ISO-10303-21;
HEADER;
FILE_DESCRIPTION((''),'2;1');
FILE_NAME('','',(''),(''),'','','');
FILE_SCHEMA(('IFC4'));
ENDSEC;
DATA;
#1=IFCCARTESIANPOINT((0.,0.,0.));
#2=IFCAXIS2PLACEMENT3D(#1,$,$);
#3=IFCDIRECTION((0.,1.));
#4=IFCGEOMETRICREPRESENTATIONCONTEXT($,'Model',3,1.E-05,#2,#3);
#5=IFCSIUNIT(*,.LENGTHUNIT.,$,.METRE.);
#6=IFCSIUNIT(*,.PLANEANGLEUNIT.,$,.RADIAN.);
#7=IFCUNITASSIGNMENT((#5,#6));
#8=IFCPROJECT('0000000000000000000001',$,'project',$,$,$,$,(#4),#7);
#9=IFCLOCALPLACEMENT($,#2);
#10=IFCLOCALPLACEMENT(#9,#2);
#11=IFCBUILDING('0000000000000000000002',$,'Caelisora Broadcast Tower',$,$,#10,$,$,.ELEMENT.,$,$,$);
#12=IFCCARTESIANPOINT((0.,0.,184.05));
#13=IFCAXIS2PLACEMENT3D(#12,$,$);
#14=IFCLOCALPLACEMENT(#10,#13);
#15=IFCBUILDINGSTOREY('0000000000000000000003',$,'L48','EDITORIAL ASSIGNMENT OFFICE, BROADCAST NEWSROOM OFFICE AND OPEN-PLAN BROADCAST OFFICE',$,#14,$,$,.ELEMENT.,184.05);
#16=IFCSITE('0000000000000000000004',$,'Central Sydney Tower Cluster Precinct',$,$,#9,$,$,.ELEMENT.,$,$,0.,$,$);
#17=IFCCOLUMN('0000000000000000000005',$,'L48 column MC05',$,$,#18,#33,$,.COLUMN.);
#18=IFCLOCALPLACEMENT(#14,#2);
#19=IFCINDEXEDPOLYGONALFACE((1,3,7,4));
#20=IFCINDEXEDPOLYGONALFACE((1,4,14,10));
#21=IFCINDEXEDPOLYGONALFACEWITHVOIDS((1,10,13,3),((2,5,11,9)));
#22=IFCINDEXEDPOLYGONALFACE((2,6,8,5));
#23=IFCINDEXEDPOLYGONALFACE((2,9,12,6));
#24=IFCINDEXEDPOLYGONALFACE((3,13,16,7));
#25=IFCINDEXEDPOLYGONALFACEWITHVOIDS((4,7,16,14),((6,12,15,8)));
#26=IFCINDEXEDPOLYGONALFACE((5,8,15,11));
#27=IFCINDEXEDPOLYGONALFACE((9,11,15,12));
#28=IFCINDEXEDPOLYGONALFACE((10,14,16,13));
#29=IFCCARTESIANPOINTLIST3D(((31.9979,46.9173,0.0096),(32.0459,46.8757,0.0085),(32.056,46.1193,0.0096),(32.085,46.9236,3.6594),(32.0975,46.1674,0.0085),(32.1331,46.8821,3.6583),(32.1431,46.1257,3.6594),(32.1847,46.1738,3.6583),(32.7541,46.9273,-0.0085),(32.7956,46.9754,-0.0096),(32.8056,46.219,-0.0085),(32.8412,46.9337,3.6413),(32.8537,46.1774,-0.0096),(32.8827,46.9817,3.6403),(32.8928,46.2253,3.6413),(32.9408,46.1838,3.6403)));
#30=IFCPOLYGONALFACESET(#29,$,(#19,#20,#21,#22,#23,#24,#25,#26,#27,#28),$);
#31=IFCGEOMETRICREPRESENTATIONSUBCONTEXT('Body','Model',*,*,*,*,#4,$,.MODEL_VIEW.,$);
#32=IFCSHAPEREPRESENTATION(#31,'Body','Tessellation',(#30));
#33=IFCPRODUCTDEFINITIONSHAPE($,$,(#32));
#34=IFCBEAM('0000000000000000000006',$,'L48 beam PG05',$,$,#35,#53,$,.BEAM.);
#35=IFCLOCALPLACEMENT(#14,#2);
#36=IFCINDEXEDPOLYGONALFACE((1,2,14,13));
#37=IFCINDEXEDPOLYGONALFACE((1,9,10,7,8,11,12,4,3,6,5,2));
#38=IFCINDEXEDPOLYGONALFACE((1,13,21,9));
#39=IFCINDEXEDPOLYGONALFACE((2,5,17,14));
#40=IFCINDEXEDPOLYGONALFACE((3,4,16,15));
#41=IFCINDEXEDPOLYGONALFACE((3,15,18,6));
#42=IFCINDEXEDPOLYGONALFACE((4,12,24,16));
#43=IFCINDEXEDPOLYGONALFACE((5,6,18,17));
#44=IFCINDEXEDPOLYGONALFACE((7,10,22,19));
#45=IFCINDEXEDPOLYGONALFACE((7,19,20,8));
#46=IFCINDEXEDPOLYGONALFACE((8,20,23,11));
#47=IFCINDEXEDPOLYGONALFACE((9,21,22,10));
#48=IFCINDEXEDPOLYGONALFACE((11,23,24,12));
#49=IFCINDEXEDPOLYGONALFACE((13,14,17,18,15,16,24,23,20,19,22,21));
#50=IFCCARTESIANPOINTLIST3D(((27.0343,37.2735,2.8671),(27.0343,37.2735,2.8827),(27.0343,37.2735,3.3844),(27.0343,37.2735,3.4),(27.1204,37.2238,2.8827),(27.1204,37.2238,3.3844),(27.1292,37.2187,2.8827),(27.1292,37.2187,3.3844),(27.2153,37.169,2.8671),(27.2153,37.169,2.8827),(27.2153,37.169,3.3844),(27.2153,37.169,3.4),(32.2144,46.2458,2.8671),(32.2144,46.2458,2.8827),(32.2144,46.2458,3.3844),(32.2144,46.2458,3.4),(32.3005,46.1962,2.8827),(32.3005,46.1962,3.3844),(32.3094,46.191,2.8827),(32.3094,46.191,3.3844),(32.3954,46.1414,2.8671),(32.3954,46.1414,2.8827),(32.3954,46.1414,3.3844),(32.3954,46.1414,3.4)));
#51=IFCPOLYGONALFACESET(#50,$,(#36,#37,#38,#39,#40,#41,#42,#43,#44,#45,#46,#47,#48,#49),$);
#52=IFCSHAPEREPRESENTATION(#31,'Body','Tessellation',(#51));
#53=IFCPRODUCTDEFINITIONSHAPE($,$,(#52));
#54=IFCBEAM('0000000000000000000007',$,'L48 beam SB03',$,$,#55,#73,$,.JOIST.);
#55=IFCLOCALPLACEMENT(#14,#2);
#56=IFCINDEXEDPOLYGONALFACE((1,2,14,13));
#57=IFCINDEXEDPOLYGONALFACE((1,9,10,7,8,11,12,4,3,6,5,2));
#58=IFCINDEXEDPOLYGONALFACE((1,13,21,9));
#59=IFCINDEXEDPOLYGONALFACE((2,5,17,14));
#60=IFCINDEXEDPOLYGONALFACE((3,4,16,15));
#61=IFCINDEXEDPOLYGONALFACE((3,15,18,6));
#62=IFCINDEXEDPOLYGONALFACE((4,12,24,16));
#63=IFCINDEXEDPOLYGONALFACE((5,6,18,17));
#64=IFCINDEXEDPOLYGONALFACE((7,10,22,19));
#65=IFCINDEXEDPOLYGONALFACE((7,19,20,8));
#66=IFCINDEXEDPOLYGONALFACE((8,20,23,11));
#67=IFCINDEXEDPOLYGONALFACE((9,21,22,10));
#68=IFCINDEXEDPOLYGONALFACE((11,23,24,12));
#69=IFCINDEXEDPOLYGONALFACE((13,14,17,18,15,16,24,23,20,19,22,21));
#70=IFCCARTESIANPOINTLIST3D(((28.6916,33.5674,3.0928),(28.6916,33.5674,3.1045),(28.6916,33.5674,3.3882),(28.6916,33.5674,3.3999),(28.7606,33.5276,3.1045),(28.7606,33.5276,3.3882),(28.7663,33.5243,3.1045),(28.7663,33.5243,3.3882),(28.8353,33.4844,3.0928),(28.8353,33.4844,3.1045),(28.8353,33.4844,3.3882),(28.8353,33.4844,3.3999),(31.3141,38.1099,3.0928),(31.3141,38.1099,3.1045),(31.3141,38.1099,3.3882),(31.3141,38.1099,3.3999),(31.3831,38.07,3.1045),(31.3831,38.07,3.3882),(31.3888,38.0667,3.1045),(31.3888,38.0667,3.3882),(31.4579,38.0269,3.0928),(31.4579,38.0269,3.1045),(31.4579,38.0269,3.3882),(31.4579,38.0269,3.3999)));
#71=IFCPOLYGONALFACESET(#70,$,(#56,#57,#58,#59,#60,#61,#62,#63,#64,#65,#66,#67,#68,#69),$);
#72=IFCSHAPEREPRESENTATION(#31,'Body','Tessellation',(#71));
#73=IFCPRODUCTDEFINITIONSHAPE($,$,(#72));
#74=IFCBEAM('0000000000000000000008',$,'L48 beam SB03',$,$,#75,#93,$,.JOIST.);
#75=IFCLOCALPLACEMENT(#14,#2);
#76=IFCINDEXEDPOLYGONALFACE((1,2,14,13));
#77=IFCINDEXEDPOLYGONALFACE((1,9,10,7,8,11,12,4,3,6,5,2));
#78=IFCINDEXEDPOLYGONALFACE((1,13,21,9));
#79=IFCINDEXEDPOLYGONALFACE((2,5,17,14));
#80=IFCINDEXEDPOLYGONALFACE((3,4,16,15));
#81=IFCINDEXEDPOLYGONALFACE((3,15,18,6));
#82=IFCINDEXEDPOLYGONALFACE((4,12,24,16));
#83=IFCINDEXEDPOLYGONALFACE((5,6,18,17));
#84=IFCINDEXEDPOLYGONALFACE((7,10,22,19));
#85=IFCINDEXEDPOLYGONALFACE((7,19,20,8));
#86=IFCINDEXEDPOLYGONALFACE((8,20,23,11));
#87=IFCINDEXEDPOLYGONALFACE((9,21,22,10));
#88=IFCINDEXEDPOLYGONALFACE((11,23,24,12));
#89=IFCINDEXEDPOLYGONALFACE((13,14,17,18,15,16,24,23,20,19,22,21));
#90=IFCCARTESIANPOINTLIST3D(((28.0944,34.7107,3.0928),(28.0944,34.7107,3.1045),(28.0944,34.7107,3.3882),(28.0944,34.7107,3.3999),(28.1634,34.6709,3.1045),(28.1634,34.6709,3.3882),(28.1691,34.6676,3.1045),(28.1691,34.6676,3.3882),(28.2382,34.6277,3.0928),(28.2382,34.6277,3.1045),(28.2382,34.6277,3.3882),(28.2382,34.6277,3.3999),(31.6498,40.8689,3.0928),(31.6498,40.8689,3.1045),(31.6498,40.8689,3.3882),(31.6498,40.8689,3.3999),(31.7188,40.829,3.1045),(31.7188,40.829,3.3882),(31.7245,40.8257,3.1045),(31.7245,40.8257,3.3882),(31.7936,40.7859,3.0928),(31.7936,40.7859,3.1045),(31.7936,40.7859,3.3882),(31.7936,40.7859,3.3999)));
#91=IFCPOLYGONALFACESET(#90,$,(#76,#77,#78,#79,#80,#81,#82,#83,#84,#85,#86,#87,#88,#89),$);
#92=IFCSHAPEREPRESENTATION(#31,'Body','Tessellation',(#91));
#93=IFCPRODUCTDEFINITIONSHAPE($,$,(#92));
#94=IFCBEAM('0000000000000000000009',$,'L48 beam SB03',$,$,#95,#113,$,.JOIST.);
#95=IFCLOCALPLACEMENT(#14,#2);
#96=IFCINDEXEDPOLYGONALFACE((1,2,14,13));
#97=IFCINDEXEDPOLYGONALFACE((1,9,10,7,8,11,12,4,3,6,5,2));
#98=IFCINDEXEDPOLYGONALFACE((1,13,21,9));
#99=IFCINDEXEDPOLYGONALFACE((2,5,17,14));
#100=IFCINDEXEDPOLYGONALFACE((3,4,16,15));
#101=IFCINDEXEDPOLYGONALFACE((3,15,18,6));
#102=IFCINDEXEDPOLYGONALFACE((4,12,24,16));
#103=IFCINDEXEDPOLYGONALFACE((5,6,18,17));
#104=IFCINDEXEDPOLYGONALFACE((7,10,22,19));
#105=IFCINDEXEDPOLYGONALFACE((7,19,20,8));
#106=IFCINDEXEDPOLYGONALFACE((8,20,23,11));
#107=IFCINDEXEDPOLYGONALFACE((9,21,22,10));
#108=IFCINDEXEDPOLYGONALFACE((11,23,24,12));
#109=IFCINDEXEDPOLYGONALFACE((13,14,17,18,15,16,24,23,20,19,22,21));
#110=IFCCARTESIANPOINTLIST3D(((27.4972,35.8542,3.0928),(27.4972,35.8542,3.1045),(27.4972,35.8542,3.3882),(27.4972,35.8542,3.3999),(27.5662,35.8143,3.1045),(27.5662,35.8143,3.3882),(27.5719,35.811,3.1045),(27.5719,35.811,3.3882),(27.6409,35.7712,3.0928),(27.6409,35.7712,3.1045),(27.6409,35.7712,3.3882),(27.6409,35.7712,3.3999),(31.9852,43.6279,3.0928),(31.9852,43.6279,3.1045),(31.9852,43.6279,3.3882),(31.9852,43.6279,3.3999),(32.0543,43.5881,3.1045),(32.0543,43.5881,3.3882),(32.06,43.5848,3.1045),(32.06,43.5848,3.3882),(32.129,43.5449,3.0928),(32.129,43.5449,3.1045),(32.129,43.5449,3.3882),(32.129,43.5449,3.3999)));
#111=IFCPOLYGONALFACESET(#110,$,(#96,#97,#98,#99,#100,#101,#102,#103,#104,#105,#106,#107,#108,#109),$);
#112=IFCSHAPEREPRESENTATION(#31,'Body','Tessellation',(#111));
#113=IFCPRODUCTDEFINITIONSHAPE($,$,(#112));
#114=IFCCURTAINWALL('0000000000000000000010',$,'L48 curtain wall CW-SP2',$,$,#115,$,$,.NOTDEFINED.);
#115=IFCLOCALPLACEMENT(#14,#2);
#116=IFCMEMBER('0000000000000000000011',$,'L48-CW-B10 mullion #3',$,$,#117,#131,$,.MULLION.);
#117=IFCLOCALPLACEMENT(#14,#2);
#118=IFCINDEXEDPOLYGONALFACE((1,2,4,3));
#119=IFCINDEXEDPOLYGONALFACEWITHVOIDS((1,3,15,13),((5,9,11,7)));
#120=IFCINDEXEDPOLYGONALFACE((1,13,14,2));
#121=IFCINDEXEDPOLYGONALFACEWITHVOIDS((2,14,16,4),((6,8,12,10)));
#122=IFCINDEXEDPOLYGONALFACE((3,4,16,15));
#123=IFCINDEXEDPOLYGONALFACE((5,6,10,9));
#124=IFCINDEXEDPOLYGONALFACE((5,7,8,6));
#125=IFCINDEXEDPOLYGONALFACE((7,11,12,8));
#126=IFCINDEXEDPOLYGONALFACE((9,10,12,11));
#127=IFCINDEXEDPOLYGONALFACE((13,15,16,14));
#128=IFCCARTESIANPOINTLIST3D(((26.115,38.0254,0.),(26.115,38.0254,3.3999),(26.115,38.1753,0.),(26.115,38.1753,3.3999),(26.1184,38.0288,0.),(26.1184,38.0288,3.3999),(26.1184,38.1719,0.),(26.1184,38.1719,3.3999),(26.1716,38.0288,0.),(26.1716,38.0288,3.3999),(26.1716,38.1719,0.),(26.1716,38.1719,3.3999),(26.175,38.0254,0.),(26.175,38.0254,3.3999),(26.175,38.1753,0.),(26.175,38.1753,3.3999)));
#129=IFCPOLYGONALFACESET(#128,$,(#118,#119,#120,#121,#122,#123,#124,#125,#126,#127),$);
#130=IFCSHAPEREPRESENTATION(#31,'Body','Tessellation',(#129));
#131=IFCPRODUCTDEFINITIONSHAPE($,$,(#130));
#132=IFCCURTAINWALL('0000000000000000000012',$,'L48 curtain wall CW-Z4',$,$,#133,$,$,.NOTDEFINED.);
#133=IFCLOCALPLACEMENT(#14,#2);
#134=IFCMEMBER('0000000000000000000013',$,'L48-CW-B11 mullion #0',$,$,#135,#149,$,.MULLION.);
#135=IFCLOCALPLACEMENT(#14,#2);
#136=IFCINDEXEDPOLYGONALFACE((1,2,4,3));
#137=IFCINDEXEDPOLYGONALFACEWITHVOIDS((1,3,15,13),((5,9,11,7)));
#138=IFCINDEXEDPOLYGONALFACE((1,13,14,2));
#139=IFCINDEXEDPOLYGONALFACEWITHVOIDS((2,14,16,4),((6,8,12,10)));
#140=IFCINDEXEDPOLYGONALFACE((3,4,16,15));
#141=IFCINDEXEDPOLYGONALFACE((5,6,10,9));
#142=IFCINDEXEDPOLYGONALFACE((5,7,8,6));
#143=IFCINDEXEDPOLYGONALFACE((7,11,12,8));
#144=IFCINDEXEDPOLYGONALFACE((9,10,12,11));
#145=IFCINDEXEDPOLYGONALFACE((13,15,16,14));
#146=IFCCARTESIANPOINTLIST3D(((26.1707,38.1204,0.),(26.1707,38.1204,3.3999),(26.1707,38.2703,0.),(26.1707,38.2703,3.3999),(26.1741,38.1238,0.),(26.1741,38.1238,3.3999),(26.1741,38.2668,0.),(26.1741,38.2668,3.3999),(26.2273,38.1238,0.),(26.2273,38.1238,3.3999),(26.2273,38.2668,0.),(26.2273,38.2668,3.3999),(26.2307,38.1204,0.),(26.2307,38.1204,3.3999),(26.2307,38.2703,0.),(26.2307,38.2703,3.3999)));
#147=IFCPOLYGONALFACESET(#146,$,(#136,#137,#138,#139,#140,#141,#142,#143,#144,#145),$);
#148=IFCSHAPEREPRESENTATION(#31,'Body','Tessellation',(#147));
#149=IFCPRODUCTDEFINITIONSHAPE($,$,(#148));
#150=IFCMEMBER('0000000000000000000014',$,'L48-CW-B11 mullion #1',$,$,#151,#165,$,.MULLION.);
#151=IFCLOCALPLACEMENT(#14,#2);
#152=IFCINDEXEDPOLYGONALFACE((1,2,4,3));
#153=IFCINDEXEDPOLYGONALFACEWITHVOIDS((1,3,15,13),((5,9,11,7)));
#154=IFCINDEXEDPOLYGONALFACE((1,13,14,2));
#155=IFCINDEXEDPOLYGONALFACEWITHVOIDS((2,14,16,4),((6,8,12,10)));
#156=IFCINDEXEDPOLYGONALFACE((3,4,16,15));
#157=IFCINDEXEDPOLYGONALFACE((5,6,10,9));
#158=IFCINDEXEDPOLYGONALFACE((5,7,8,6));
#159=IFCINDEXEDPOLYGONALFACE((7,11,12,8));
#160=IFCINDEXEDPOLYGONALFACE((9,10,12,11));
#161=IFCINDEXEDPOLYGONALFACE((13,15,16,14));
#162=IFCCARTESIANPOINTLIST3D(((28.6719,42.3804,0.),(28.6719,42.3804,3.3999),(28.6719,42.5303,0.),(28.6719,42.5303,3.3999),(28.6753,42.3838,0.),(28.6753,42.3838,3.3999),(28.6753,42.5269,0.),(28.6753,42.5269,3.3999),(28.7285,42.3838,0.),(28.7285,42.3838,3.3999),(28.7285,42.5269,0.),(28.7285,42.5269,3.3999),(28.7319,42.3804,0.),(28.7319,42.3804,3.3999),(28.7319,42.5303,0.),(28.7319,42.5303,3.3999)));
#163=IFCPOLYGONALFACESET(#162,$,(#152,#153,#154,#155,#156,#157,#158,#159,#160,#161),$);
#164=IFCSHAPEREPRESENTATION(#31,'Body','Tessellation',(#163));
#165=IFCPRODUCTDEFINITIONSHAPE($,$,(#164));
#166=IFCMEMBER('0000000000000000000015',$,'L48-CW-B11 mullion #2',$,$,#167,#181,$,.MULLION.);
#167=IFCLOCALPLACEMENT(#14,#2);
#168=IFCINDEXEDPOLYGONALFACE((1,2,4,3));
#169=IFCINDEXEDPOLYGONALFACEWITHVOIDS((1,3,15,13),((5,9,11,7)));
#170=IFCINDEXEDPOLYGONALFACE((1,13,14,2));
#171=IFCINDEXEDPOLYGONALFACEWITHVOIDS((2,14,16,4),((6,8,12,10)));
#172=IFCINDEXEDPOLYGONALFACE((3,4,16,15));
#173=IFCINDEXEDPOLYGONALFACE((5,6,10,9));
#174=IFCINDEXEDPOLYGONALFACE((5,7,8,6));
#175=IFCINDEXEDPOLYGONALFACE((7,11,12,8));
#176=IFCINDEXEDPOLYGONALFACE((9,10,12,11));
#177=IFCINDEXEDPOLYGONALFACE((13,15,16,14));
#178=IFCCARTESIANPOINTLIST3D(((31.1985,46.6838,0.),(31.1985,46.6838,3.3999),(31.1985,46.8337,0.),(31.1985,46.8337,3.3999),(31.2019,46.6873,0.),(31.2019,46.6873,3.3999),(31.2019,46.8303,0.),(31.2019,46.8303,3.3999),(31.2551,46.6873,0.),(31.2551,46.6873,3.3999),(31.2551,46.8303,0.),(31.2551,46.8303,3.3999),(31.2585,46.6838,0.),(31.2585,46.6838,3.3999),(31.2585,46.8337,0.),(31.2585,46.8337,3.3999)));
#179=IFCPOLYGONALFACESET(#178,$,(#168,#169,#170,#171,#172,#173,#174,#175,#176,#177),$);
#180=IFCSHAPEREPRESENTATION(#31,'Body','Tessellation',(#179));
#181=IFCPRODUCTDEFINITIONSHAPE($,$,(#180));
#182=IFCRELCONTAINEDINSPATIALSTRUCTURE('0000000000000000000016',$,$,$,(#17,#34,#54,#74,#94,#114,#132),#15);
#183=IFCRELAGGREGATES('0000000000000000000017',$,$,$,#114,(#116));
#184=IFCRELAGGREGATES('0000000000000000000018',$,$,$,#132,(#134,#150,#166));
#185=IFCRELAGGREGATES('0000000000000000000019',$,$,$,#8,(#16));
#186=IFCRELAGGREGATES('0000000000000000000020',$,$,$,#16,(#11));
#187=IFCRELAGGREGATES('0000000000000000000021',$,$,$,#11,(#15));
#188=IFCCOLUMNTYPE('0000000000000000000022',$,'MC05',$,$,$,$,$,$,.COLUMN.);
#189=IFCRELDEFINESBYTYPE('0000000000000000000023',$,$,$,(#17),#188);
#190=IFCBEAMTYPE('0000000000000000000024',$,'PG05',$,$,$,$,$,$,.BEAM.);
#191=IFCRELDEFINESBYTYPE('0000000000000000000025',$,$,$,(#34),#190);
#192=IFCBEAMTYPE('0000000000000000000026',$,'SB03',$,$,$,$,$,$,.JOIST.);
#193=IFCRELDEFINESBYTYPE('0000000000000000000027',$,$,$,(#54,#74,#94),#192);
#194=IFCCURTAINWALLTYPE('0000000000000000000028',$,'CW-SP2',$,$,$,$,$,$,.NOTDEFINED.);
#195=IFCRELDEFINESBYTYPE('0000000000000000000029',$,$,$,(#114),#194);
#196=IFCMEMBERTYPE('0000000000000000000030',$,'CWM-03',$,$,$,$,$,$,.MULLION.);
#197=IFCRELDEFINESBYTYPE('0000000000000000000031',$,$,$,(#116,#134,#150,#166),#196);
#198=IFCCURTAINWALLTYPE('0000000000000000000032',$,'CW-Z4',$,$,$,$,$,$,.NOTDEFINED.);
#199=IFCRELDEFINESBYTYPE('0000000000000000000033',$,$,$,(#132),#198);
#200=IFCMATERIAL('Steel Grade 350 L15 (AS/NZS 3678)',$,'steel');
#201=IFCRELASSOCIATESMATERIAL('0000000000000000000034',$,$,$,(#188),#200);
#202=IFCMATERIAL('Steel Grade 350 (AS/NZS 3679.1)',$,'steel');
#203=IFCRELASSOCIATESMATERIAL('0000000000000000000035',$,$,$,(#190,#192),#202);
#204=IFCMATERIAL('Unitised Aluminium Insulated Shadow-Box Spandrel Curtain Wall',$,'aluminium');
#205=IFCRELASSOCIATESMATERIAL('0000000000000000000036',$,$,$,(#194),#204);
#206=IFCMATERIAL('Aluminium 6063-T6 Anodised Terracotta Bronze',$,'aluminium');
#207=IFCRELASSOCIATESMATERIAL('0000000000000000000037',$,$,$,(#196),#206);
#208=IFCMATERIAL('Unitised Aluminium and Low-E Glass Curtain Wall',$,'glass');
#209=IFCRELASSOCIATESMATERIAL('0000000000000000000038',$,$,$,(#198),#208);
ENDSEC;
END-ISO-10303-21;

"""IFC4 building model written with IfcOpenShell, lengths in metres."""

from ifc_helpers import new_model, si_unit, direction, frame, origin, origin_2d, place, context, subcontext, project, spatial, hollow_rectangle, i_section, extrude, source, transform, mapped, material, material_profile, profile_set, type_object, type_shapes, element, aggregate, save


model = new_model("IFC4")

# Units and contexts
model_context = context("Model", 3, precision=1e-05, world=origin(), true_north=direction((0.0, 1.0)))
body_context = subcontext(model_context, "Body", "Model", "MODEL_VIEW")
ifc_project = project(units=[si_unit("LENGTHUNIT", "METRE"), si_unit("PLANEANGLEUNIT", "RADIAN")], contexts=[model_context])

# Site, building, storey
site_placement = place(None, origin())
site = spatial("IfcSite", under=ifc_project, at=site_placement, Name="Central Sydney Tower Cluster Precinct", CompositionType="ELEMENT", RefElevation=0.0)
building_placement = place(site_placement, origin())
building = spatial("IfcBuilding", under=site, at=building_placement, Name="Caelisora Broadcast Tower", CompositionType="ELEMENT")
storey_placement = place(building_placement, frame((0.0, 0.0, 184.05)))
storey = spatial("IfcBuildingStorey", under=building, at=storey_placement, Name="L48", Description="EDITORIAL ASSIGNMENT OFFICE, BROADCAST NEWSROOM OFFICE AND OPEN-PLAN BROADCAST OFFICE", CompositionType="ELEMENT", Elevation=184.05)

# Column
ifc_material_1 = material(Name="Steel Grade 350 L15 (AS/NZS 3678)", Category="steel")
ifc_material_profile_1 = material_profile(ifc_material_1, hollow_rectangle(XDim=0.8, YDim=0.8, WallThickness=0.0449, at=origin_2d()), Name="Steel Grade 350 L15 (AS/NZS 3678)")
ifc_profile_set_1 = profile_set([ifc_material_profile_1], Name="Steel Grade 350 L15 (AS/NZS 3678)")
column_type = type_object("IfcColumnType", Name="MC05", PredefinedType="COLUMN", material=ifc_profile_set_1)
shared_shape_1 = source(origin(), body_context, "Body", "SweptSolid", [
    extrude(hollow_rectangle(XDim=0.8, YDim=0.8, WallThickness=0.0449, at=origin_2d()), origin(), (0.0, 0.0, 1.0), 3.6509),
])
type_shapes(column_type, [shared_shape_1])
column_placement = place(storey_placement, frame((32.4258, 46.5474, 0.0), z_axis=(0.023873, 0.001739, 0.999713), x_axis=(-0.072637, 0.997358, 0.0)))
element("IfcColumn", 1, at=column_placement, inside=storey, type_object=column_type, Name="L48 column MC05", PredefinedType="COLUMN", context=body_context, shape_type="MappedRepresentation", body=[
    mapped(shared_shape_1, transform((0.0, 0.0, 0.0), scale=1.0)),
])

# Beams
ifc_material_2 = material(Name="Steel Grade 350 (AS/NZS 3679.1)", Category="steel")
ifc_material_profile_2 = material_profile(ifc_material_2, i_section(OverallWidth=0.209, OverallDepth=0.533, WebThickness=0.0103, FlangeThickness=0.0156, at=origin_2d()), Name="Steel Grade 350 (AS/NZS 3679.1)")
ifc_profile_set_2 = profile_set([ifc_material_profile_2], Name="Steel Grade 350 (AS/NZS 3679.1)")
beam_type_1 = type_object("IfcBeamType", Name="PG05", PredefinedType="BEAM", material=ifc_profile_set_2)
shared_shape_2 = source(origin(), body_context, "Body", "SweptSolid", [
    extrude(i_section(OverallWidth=0.209, OverallDepth=0.533, WebThickness=0.0103, FlangeThickness=0.0156, at=origin_2d()), origin(), (0.0, 0.0, 1.0), 10.3604),
])
type_shapes(beam_type_1, [shared_shape_2])
beam_1_placement = place(storey_placement, frame((32.3049, 46.1936, 3.1335), z_axis=(-0.499996, -0.866027, 0.0), x_axis=(0.866027, -0.499996, 0.0)))
element("IfcBeam", 2, at=beam_1_placement, inside=storey, type_object=beam_type_1, Name="L48 beam PG05", PredefinedType="BEAM", context=body_context, shape_type="MappedRepresentation", body=[
    mapped(shared_shape_2, transform((0.0, 0.0, 0.0), scale=1.0)),
])
ifc_material_profile_3 = material_profile(ifc_material_2, i_section(OverallWidth=0.166, OverallDepth=0.3071, WebThickness=0.0066, FlangeThickness=0.0117, at=origin_2d()), Name="Steel Grade 350 (AS/NZS 3679.1)")
ifc_profile_set_3 = profile_set([ifc_material_profile_3], Name="Steel Grade 350 (AS/NZS 3679.1)")
beam_type_2 = type_object("IfcBeamType", Name="SB03", PredefinedType="JOIST", material=ifc_profile_set_3)
shared_shape_3 = source(origin(), body_context, "Body", "SweptSolid", [
    extrude(i_section(OverallWidth=0.166, OverallDepth=0.3071, WebThickness=0.0066, FlangeThickness=0.0117, at=origin_2d()), origin(), (0.0, 0.0, 1.0), 5.2451),
])
beam_2_placement = place(storey_placement, frame((31.386, 38.0684, 3.2463), z_axis=(-0.499994, -0.866029, 0.0), x_axis=(0.866029, -0.499994, 0.0)))
element("IfcBeam", 3, at=beam_2_placement, inside=storey, type_object=beam_type_2, Name="L48 beam SB03", PredefinedType="JOIST", context=body_context, shape_type="MappedRepresentation", body=[
    mapped(shared_shape_3, transform((0.0, 0.0, 0.0), scale=1.0)),
])
shared_shape_4 = source(origin(), body_context, "Body", "SweptSolid", [
    extrude(i_section(OverallWidth=0.166, OverallDepth=0.3071, WebThickness=0.0066, FlangeThickness=0.0117, at=origin_2d()), origin(), (0.0, 0.0, 1.0), 7.1108),
])
beam_3_placement = place(storey_placement, frame((31.7217, 40.8274, 3.2463), z_axis=(-0.499998, -0.866027, 0.0), x_axis=(0.866027, -0.499998, 0.0)))
element("IfcBeam", 4, at=beam_3_placement, inside=storey, type_object=beam_type_2, Name="L48 beam SB03", PredefinedType="JOIST", context=body_context, shape_type="MappedRepresentation", body=[
    mapped(shared_shape_4, transform((0.0, 0.0, 0.0), scale=1.0)),
])
shared_shape_5 = source(origin(), body_context, "Body", "SweptSolid", [
    extrude(i_section(OverallWidth=0.166, OverallDepth=0.3071, WebThickness=0.0066, FlangeThickness=0.0117, at=origin_2d()), origin(), (0.0, 0.0, 1.0), 8.9763),
])
type_shapes(beam_type_2, [shared_shape_3, shared_shape_4, shared_shape_5])
beam_4_placement = place(storey_placement, frame((32.0571, 43.5864, 3.2463), z_axis=(-0.499992, -0.86603, 0.0), x_axis=(0.86603, -0.499992, 0.0)))
element("IfcBeam", 5, at=beam_4_placement, inside=storey, type_object=beam_type_2, Name="L48 beam SB03", PredefinedType="JOIST", context=body_context, shape_type="MappedRepresentation", body=[
    mapped(shared_shape_5, transform((0.0, 0.0, 0.0), scale=1.0)),
])

# Curtain wall, member
ifc_material_3 = material(Name="Unitised Aluminium Insulated Shadow-Box Spandrel Curtain Wall", Category="aluminium")
curtain_wall_type_1 = type_object("IfcCurtainWallType", Name="CW-SP2", PredefinedType="NOTDEFINED", material=ifc_material_3)
curtain_wall_1_placement = place(storey_placement, origin())
curtain_wall_1 = element("IfcCurtainWall", 6, at=curtain_wall_1_placement, inside=storey, type_object=curtain_wall_type_1, Name="L48 curtain wall CW-SP2", PredefinedType="NOTDEFINED")
ifc_material_4 = material(Name="Aluminium 6063-T6 Anodised Terracotta Bronze", Category="aluminium")
ifc_material_profile_4 = material_profile(ifc_material_4, hollow_rectangle(XDim=0.0601, YDim=0.1499, WallThickness=0.0034, at=origin_2d()), Name="Aluminium 6063-T6 Anodised Terracotta Bronze")
ifc_profile_set_4 = profile_set([ifc_material_profile_4], Name="Aluminium 6063-T6 Anodised Terracotta Bronze")
member_type_1 = type_object("IfcMemberType", Name="CWM-03", PredefinedType="MULLION", material=ifc_profile_set_4)
shared_shape_6 = source(origin(), body_context, "Body", "SweptSolid", [
    extrude(hollow_rectangle(XDim=0.0601, YDim=0.1499, WallThickness=0.0034, at=origin_2d()), origin(), (0.0, 0.0, 1.0), 3.3999),
])
type_shapes(member_type_1, [shared_shape_6])
member_1_placement = place(storey_placement, frame((26.145, 38.1003, 0.0), z_axis=(0.0, 0.0, 1.0), x_axis=(1.0, 0.0, 0.0)))
member_1 = element("IfcMember", 7, at=member_1_placement, type_object=member_type_1, Name="L48-CW-B10 mullion #3", PredefinedType="MULLION", context=body_context, shape_type="MappedRepresentation", body=[
    mapped(shared_shape_6, transform((0.0, 0.0, 0.0), scale=1.0)),
])
aggregate(curtain_wall_1, [member_1])

# Curtain wall, members
ifc_material_5 = material(Name="Unitised Aluminium and Low-E Glass Curtain Wall", Category="glass")
curtain_wall_type_2 = type_object("IfcCurtainWallType", Name="CW-Z4", PredefinedType="NOTDEFINED", material=ifc_material_5)
curtain_wall_2_placement = place(storey_placement, origin())
curtain_wall_2 = element("IfcCurtainWall", 8, at=curtain_wall_2_placement, inside=storey, type_object=curtain_wall_type_2, Name="L48 curtain wall CW-Z4", PredefinedType="NOTDEFINED")
member_2_placement = place(storey_placement, frame((26.2007, 38.1953, 0.0), z_axis=(0.0, 0.0, 1.0), x_axis=(1.0, 0.0, 0.0)))
member_2 = element("IfcMember", 9, at=member_2_placement, type_object=member_type_1, Name="L48-CW-B11 mullion #0", PredefinedType="MULLION", context=body_context, shape_type="MappedRepresentation", body=[
    mapped(shared_shape_6, transform((0.0, 0.0, 0.0), scale=1.0)),
])
member_3_placement = place(storey_placement, frame((28.7019, 42.4553, 0.0), z_axis=(0.0, 0.0, 1.0), x_axis=(1.0, 0.0, 0.0)))
member_3 = element("IfcMember", 10, at=member_3_placement, type_object=member_type_1, Name="L48-CW-B11 mullion #1", PredefinedType="MULLION", context=body_context, shape_type="MappedRepresentation", body=[
    mapped(shared_shape_6, transform((0.0, 0.0, 0.0), scale=1.0)),
])
member_4_placement = place(storey_placement, frame((31.2285, 46.7588, 0.0), z_axis=(0.0, 0.0, 1.0), x_axis=(1.0, 0.0, 0.0)))
member_4 = element("IfcMember", 11, at=member_4_placement, type_object=member_type_1, Name="L48-CW-B11 mullion #2", PredefinedType="MULLION", context=body_context, shape_type="MappedRepresentation", body=[
    mapped(shared_shape_6, transform((0.0, 0.0, 0.0), scale=1.0)),
])
aggregate(curtain_wall_2, [member_2, member_3, member_4])

save(model, "model.ifc")
